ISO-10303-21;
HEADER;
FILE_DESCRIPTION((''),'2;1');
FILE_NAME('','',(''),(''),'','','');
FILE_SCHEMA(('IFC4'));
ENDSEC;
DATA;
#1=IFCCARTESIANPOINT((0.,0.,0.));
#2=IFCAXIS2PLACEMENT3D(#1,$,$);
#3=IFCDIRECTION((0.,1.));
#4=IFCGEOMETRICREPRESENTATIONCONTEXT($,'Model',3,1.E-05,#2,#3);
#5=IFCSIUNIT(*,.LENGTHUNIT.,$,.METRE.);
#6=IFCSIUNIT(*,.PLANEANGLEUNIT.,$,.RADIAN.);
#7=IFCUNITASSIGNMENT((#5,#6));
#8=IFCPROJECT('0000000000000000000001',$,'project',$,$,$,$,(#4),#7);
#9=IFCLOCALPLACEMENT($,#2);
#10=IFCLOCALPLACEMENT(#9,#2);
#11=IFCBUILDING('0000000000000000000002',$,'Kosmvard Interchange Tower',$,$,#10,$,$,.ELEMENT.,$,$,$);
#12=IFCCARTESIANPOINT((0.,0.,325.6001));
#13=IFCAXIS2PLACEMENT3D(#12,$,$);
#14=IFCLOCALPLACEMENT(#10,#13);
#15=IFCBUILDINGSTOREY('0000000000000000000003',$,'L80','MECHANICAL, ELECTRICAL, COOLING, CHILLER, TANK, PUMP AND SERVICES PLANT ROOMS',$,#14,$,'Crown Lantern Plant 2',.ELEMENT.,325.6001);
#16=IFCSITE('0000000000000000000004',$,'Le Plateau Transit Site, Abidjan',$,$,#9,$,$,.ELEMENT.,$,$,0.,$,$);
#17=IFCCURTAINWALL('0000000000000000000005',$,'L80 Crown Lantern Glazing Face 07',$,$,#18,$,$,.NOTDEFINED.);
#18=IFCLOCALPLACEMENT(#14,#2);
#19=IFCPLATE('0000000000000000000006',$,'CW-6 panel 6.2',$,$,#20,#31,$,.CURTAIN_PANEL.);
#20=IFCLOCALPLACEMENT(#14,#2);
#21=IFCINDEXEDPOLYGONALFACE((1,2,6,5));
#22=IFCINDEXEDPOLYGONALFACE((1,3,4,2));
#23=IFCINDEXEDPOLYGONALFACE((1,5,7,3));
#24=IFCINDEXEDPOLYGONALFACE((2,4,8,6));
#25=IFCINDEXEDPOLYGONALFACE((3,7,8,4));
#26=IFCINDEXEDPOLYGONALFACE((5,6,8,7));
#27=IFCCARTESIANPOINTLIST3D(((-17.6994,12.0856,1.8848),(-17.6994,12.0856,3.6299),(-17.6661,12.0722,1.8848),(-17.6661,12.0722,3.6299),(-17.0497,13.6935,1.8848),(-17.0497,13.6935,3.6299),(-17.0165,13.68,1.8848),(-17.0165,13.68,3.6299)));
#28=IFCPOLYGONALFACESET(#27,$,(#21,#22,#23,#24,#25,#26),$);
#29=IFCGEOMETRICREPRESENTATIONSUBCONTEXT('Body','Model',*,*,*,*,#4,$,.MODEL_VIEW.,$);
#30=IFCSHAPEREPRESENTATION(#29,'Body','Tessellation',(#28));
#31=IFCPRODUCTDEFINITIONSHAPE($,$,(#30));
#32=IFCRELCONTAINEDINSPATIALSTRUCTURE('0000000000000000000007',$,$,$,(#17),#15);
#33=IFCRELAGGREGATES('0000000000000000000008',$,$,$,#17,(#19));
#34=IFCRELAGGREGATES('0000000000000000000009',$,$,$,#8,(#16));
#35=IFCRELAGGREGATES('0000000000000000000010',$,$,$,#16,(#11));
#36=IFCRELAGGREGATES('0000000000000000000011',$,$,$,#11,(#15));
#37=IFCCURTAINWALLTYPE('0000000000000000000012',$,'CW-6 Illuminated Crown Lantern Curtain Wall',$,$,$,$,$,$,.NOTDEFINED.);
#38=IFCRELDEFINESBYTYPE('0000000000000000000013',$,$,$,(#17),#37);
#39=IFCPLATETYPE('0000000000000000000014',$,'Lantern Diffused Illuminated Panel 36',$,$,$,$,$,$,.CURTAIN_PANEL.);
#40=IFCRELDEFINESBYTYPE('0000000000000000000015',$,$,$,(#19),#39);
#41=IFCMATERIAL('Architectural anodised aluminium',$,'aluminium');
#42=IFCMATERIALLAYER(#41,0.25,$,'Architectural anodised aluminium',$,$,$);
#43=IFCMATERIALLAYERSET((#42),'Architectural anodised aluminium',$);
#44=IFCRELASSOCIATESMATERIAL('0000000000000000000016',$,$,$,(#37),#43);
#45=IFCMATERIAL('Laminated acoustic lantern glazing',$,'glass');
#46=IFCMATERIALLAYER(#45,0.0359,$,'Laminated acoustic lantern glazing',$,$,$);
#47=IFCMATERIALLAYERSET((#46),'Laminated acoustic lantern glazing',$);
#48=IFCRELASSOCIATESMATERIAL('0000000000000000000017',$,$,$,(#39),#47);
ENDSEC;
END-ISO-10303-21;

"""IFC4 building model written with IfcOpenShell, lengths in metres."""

from ifc_helpers import new_model, si_unit, direction, frame, origin, origin_2d, place, context, subcontext, project, spatial, rectangle, extrude, source, transform, mapped, material, layer, layer_set, type_object, element, aggregate, save


model = new_model("IFC4")

# Units and contexts
model_context = context("Model", 3, precision=1e-05, world=origin(), true_north=direction((0.0, 1.0)))
body_context = subcontext(model_context, "Body", "Model", "MODEL_VIEW")
ifc_project = project(units=[si_unit("LENGTHUNIT", "METRE"), si_unit("PLANEANGLEUNIT", "RADIAN")], contexts=[model_context])

# Site, building, storey
site_placement = place(None, origin())
site = spatial("IfcSite", under=ifc_project, at=site_placement, Name="Le Plateau Transit Site, Abidjan", CompositionType="ELEMENT", RefElevation=0.0)
building_placement = place(site_placement, origin())
building = spatial("IfcBuilding", under=site, at=building_placement, Name="Kosmvard Interchange Tower", CompositionType="ELEMENT")
storey_placement = place(building_placement, frame((0.0, 0.0, 325.6001)))
storey = spatial("IfcBuildingStorey", under=building, at=storey_placement, Name="L80", Description="MECHANICAL, ELECTRICAL, COOLING, CHILLER, TANK, PUMP AND SERVICES PLANT ROOMS", LongName="Crown Lantern Plant 2", CompositionType="ELEMENT", Elevation=325.6001)

# Curtain wall
ifc_material_1 = material(Name="Architectural anodised aluminium", Category="aluminium")
ifc_layer_1 = layer(ifc_material_1, 0.25, Name="Architectural anodised aluminium")
ifc_layer_set_1 = layer_set([ifc_layer_1], Name="Architectural anodised aluminium")
curtain_wall_type = type_object("IfcCurtainWallType", Name="CW-6 Illuminated Crown Lantern Curtain Wall", PredefinedType="NOTDEFINED", material=ifc_layer_set_1)
curtain_wall_placement = place(storey_placement, origin())
curtain_wall = element("IfcCurtainWall", 1, at=curtain_wall_placement, inside=storey, type_object=curtain_wall_type, Name="L80 Crown Lantern Glazing Face 07", PredefinedType="NOTDEFINED")

# Plate
ifc_material_2 = material(Name="Laminated acoustic lantern glazing", Category="glass")
ifc_layer_2 = layer(ifc_material_2, 0.0359, Name="Laminated acoustic lantern glazing")
ifc_layer_set_2 = layer_set([ifc_layer_2], Name="Laminated acoustic lantern glazing")
plate_type_1 = type_object("IfcPlateType", Name="Lantern Diffused Illuminated Panel 36", PredefinedType="CURTAIN_PANEL", material=ifc_layer_set_2)
shared_shape_1 = source(origin(), body_context, "Body", "SweptSolid", [
    extrude(rectangle(XDim=1.7341, YDim=0.0359, at=origin_2d()), origin(), (0.0, 0.0, 1.0), 1.7451),
])
plate_1_placement = place(storey_placement, frame((-17.3579, 12.8828, 1.8848), z_axis=(0.0, 0.0, 1.0), x_axis=(-0.374607, -0.927184, 0.0)))
plate_1 = element("IfcPlate", 2, at=plate_1_placement, type_object=plate_type_1, Name="CW-6 panel 6.2", PredefinedType="CURTAIN_PANEL", context=body_context, shape_type="MappedRepresentation", body=[
    mapped(shared_shape_1, transform((0.0, 0.0, 0.0), scale=1.0)),
])
aggregate(curtain_wall, [plate_1])

save(model, "model.ifc")
